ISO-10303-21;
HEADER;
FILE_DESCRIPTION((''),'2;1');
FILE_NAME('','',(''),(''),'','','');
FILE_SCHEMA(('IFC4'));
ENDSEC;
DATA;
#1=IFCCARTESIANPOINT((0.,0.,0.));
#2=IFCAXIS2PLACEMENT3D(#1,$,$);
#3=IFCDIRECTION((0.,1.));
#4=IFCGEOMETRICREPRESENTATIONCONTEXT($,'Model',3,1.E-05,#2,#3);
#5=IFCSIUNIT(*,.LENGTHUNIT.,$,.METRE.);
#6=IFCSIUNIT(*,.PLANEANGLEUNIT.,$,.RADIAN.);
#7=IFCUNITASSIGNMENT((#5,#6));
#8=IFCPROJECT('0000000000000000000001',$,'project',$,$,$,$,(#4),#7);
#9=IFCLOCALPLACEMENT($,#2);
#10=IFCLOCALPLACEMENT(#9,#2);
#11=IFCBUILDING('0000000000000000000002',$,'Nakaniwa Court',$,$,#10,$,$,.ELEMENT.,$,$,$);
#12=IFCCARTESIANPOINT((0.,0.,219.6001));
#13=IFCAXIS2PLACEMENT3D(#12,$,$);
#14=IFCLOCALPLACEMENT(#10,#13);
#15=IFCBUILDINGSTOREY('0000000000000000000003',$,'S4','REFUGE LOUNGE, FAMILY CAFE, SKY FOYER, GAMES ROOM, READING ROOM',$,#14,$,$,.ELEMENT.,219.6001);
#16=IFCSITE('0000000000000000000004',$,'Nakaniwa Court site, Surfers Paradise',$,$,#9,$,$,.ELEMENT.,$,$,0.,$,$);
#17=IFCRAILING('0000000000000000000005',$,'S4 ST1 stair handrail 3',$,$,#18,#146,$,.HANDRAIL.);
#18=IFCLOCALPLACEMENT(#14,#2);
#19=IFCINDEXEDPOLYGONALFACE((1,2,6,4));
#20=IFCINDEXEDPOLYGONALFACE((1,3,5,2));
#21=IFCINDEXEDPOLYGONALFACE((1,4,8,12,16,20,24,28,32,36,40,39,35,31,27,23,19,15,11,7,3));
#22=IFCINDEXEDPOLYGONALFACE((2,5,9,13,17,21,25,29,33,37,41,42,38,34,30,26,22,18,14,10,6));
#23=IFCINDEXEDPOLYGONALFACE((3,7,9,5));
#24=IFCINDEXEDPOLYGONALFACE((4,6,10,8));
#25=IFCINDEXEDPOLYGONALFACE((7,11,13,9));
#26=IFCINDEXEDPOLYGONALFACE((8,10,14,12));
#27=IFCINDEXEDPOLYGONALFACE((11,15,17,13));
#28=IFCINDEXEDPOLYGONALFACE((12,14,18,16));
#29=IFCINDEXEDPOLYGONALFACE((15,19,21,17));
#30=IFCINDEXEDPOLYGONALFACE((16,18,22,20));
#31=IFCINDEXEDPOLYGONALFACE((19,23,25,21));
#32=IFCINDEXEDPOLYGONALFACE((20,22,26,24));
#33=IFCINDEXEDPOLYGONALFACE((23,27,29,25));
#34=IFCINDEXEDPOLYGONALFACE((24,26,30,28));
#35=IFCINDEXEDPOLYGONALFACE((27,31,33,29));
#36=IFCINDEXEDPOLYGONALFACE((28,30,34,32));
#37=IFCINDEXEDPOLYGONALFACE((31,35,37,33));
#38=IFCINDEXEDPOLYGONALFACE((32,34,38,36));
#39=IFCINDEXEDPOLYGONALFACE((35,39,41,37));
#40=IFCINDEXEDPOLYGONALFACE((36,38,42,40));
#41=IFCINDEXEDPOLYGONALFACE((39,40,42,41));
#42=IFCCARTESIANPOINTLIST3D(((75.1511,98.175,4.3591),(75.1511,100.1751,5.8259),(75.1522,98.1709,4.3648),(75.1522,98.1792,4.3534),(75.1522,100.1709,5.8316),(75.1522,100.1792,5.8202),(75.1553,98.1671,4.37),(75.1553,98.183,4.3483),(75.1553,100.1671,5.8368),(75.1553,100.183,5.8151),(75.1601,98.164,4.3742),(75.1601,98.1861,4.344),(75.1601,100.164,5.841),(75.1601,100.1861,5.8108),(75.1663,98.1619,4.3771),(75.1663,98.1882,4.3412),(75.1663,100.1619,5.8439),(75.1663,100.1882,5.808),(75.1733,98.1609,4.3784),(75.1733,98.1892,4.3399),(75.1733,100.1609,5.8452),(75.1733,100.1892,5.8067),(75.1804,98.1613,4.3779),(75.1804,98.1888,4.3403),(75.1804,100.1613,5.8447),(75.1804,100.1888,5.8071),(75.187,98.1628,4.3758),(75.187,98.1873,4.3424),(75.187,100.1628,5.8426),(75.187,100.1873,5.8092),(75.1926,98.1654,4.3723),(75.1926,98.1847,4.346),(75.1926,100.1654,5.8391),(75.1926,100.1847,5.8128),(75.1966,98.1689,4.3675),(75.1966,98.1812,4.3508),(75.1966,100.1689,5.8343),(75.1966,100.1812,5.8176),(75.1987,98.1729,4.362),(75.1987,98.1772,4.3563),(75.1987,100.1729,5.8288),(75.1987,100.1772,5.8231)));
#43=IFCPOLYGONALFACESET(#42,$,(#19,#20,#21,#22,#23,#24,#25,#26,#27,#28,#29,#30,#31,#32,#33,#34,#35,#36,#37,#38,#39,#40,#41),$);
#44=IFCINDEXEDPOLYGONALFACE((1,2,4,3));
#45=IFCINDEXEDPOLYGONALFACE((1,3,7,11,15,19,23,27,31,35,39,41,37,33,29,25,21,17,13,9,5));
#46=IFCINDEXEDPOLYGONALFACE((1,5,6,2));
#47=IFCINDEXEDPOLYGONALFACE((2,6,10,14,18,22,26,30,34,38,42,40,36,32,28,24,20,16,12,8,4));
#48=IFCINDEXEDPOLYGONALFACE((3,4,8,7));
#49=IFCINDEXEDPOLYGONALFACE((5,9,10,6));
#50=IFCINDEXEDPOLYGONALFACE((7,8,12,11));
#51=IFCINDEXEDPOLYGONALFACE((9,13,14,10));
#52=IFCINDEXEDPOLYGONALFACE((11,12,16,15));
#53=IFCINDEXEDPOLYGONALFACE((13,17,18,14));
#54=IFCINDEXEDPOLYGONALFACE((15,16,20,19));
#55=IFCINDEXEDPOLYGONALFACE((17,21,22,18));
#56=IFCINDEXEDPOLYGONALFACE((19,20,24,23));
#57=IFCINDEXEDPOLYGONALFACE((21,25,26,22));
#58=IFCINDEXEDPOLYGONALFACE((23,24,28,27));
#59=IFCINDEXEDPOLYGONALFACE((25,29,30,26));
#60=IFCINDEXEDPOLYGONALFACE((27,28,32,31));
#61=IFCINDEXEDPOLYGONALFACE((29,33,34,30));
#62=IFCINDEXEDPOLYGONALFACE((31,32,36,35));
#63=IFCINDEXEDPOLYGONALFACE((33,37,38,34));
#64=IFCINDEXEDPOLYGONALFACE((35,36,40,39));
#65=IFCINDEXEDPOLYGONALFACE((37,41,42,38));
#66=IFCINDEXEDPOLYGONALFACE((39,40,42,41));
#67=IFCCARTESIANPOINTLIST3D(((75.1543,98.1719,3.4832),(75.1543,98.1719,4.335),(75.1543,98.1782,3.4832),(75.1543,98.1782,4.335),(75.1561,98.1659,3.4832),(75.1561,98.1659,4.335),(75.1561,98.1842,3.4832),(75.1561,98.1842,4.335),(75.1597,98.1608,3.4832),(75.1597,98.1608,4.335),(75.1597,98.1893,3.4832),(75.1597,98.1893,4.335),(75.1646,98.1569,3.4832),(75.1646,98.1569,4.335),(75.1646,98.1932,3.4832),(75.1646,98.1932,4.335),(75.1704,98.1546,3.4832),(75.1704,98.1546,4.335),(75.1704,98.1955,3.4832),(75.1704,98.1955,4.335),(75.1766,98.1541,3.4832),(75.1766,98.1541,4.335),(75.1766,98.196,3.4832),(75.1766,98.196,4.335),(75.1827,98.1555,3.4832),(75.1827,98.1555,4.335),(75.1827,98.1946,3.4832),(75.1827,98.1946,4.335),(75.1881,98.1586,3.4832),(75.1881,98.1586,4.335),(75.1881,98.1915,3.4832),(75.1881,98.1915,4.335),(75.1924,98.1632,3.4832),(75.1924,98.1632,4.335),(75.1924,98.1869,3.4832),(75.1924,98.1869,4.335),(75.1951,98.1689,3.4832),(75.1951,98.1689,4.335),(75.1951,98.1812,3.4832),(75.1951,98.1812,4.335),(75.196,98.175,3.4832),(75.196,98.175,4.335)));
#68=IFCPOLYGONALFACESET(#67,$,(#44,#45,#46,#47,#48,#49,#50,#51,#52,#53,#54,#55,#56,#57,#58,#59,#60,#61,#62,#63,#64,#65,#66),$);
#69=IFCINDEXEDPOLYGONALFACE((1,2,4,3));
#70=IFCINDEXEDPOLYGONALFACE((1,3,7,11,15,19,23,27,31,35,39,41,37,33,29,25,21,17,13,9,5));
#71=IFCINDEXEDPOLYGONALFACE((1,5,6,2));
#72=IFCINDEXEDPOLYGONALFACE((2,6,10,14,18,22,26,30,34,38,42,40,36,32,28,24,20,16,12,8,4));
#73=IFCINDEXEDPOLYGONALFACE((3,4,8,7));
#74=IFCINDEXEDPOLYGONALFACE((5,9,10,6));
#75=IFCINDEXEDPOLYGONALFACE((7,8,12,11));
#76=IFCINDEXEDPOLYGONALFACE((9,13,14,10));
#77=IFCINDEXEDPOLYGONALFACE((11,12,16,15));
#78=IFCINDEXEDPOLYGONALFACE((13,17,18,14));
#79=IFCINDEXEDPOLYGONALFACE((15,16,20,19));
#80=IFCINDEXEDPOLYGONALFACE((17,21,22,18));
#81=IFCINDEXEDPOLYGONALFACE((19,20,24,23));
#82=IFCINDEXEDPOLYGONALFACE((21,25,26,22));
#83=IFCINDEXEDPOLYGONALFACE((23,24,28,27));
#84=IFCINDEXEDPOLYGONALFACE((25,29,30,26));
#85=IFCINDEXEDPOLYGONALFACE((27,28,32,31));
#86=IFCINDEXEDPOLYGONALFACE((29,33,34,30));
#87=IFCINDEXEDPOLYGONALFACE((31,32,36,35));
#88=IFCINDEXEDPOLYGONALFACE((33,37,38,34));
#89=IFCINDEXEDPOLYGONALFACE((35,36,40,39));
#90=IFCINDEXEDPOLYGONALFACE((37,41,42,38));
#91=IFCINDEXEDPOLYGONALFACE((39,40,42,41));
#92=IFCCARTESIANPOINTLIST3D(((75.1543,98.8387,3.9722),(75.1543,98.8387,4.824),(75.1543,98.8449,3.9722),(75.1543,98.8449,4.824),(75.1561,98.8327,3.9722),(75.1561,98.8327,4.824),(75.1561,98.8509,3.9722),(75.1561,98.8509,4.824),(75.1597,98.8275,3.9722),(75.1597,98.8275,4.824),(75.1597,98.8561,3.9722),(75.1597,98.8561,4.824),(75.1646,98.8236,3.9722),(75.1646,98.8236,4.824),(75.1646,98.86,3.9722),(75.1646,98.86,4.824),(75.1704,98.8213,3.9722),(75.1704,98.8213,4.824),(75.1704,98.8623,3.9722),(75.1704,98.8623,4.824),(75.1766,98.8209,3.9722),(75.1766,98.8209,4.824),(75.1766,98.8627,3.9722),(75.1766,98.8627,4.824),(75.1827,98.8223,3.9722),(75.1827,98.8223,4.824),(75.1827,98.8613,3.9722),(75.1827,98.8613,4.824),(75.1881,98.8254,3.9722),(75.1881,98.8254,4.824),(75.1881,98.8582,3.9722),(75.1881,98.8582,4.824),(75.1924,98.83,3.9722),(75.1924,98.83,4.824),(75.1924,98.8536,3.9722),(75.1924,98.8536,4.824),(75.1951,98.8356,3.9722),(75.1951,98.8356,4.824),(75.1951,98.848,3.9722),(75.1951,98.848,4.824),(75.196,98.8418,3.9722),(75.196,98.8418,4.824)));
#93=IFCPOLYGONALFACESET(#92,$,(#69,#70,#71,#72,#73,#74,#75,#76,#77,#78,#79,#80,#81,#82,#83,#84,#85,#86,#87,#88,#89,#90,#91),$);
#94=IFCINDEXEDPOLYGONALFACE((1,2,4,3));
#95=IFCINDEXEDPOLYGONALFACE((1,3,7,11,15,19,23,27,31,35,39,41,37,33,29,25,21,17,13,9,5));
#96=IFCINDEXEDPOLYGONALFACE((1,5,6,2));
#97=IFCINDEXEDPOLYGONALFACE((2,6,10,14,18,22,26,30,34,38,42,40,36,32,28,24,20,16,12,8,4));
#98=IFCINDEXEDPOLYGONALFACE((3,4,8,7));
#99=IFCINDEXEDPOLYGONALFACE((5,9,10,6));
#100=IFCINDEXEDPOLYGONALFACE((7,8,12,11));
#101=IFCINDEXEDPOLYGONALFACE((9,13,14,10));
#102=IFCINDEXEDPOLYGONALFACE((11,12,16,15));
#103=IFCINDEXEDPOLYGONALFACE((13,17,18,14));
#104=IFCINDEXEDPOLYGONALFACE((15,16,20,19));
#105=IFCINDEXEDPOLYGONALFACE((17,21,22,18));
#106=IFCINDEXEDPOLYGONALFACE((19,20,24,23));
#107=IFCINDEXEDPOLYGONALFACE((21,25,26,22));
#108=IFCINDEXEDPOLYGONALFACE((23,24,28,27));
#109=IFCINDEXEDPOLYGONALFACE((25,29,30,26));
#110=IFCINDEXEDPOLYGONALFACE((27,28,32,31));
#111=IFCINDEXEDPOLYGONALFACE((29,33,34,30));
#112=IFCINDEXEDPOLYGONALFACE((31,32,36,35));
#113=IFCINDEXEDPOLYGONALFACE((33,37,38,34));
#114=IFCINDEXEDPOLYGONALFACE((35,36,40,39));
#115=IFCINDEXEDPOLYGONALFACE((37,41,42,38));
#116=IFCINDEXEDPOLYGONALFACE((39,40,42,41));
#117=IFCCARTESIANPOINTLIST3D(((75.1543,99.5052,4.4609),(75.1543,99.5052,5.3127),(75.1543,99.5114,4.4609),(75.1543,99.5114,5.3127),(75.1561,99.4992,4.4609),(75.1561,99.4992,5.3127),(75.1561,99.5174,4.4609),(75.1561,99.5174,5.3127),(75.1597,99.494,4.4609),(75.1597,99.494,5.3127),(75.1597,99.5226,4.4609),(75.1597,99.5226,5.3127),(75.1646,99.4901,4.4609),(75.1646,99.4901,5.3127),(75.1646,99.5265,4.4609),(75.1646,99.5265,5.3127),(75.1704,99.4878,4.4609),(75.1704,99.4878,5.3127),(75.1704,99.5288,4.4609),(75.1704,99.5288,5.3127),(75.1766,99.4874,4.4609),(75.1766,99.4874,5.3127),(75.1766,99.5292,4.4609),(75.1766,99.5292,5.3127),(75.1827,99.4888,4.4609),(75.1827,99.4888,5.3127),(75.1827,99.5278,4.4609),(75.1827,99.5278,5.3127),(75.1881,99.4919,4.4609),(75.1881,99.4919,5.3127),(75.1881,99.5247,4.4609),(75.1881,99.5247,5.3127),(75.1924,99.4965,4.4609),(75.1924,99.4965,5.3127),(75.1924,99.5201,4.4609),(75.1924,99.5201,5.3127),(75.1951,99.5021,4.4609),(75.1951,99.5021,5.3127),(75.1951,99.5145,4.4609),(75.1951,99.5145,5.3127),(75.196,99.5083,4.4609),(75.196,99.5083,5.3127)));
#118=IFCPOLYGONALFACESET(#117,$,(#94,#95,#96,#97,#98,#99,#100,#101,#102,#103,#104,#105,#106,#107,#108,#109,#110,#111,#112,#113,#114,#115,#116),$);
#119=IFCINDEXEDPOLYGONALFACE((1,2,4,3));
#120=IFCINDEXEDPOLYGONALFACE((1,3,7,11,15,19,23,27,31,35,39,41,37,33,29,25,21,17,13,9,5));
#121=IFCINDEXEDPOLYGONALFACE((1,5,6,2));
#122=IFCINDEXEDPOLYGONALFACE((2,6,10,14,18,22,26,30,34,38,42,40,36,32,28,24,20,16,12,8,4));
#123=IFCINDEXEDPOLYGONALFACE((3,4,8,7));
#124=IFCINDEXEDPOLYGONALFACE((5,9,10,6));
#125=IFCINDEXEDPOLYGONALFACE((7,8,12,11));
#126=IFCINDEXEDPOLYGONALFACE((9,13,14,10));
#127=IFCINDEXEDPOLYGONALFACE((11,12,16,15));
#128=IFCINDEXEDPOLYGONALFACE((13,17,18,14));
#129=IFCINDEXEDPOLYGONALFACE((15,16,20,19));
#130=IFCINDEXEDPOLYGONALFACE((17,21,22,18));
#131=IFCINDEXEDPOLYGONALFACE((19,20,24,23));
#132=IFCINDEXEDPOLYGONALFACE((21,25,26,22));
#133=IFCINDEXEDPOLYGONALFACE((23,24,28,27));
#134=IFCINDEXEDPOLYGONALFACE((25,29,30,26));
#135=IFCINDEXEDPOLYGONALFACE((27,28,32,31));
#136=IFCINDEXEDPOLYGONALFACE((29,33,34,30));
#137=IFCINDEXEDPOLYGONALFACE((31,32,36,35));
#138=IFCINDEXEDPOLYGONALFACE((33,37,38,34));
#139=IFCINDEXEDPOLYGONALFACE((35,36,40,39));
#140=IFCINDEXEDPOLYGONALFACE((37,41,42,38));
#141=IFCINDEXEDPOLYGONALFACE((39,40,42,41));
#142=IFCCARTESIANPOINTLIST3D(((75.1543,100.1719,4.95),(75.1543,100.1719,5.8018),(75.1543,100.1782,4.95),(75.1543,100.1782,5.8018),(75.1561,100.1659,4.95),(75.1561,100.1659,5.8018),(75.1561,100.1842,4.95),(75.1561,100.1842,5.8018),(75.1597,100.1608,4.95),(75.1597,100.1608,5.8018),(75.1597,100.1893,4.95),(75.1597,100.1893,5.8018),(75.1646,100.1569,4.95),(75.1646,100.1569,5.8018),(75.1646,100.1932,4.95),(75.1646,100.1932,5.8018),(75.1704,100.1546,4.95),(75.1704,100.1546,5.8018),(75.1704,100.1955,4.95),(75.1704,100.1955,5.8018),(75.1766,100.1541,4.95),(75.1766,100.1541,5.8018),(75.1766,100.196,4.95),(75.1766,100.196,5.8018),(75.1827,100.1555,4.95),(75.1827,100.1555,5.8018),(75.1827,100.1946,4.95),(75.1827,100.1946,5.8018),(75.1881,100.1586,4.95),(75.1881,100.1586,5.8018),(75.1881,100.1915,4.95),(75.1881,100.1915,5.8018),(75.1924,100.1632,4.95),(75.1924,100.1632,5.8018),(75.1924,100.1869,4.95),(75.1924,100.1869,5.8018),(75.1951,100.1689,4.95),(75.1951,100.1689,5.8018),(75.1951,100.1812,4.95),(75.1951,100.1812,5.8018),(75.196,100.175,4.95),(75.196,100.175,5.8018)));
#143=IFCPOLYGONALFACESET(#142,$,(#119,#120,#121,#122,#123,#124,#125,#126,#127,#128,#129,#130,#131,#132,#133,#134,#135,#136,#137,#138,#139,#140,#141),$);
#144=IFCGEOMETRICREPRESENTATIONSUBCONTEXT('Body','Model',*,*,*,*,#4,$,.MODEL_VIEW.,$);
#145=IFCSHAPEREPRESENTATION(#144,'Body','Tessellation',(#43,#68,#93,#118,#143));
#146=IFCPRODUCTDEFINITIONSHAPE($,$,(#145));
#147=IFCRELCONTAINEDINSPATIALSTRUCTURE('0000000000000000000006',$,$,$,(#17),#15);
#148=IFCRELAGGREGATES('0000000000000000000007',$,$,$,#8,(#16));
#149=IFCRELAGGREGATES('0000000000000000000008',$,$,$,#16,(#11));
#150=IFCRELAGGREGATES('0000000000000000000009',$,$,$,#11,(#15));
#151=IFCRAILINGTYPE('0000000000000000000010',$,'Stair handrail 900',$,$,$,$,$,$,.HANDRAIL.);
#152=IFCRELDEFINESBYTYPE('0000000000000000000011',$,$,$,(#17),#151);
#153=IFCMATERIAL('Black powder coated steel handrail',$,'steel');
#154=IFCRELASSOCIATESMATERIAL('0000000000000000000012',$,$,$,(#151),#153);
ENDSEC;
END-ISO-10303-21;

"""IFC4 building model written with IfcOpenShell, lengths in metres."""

from ifc_helpers import new_model, si_unit, direction, frame, origin, origin_2d, place, context, subcontext, project, spatial, circle, extrude, material, type_object, element, save


model = new_model("IFC4")

# Units and contexts
model_context = context("Model", 3, precision=1e-05, world=origin(), true_north=direction((0.0, 1.0)))
body_context = subcontext(model_context, "Body", "Model", "MODEL_VIEW")
ifc_project = project(units=[si_unit("LENGTHUNIT", "METRE"), si_unit("PLANEANGLEUNIT", "RADIAN")], contexts=[model_context])

# Site, building, storey
site_placement = place(None, origin())
site = spatial("IfcSite", under=ifc_project, at=site_placement, Name="Nakaniwa Court site, Surfers Paradise", CompositionType="ELEMENT", RefElevation=0.0)
building_placement = place(site_placement, origin())
building = spatial("IfcBuilding", under=site, at=building_placement, Name="Nakaniwa Court", CompositionType="ELEMENT")
storey_placement = place(building_placement, frame((0.0, 0.0, 219.6001)))
storey = spatial("IfcBuildingStorey", under=building, at=storey_placement, Name="S4", Description="REFUGE LOUNGE, FAMILY CAFE, SKY FOYER, GAMES ROOM, READING ROOM", CompositionType="ELEMENT", Elevation=219.6001)

# Railing
ifc_material_1 = material(Name="Black powder coated steel handrail", Category="steel")
railing_type_1 = type_object("IfcRailingType", Name="Stair handrail 900", PredefinedType="HANDRAIL", material=ifc_material_1)
railing_1_placement = place(storey_placement, frame((75.175, 98.175, 3.4832)))
element("IfcRailing", 1, at=railing_1_placement, inside=storey, type_object=railing_type_1, Name="S4 ST1 stair handrail 3", PredefinedType="HANDRAIL", context=body_context, shape_type="SweptSolid", body=[
    extrude(circle(Radius=0.0239, at=origin_2d()), frame((0.0, 0.0, 0.876), z_axis=(0.0, 0.80638, 0.591398), x_axis=(-1.0, 0.0, 0.0)), (0.0, 0.0, 1.0), 2.4802),
    extrude(circle(Radius=0.021, at=origin_2d()), origin(), (0.0, 0.0, 1.0), 0.8518),
    extrude(circle(Radius=0.021, at=origin_2d()), frame((0.0, 0.6667, 0.489)), (0.0, 0.0, 1.0), 0.8518),
    extrude(circle(Radius=0.021, at=origin_2d()), frame((0.0, 1.3333, 0.9778)), (0.0, 0.0, 1.0), 0.8518),
    extrude(circle(Radius=0.021, at=origin_2d()), frame((0.0, 2.0, 1.4668)), (0.0, 0.0, 1.0), 0.8518),
])

save(model, "model.ifc")
